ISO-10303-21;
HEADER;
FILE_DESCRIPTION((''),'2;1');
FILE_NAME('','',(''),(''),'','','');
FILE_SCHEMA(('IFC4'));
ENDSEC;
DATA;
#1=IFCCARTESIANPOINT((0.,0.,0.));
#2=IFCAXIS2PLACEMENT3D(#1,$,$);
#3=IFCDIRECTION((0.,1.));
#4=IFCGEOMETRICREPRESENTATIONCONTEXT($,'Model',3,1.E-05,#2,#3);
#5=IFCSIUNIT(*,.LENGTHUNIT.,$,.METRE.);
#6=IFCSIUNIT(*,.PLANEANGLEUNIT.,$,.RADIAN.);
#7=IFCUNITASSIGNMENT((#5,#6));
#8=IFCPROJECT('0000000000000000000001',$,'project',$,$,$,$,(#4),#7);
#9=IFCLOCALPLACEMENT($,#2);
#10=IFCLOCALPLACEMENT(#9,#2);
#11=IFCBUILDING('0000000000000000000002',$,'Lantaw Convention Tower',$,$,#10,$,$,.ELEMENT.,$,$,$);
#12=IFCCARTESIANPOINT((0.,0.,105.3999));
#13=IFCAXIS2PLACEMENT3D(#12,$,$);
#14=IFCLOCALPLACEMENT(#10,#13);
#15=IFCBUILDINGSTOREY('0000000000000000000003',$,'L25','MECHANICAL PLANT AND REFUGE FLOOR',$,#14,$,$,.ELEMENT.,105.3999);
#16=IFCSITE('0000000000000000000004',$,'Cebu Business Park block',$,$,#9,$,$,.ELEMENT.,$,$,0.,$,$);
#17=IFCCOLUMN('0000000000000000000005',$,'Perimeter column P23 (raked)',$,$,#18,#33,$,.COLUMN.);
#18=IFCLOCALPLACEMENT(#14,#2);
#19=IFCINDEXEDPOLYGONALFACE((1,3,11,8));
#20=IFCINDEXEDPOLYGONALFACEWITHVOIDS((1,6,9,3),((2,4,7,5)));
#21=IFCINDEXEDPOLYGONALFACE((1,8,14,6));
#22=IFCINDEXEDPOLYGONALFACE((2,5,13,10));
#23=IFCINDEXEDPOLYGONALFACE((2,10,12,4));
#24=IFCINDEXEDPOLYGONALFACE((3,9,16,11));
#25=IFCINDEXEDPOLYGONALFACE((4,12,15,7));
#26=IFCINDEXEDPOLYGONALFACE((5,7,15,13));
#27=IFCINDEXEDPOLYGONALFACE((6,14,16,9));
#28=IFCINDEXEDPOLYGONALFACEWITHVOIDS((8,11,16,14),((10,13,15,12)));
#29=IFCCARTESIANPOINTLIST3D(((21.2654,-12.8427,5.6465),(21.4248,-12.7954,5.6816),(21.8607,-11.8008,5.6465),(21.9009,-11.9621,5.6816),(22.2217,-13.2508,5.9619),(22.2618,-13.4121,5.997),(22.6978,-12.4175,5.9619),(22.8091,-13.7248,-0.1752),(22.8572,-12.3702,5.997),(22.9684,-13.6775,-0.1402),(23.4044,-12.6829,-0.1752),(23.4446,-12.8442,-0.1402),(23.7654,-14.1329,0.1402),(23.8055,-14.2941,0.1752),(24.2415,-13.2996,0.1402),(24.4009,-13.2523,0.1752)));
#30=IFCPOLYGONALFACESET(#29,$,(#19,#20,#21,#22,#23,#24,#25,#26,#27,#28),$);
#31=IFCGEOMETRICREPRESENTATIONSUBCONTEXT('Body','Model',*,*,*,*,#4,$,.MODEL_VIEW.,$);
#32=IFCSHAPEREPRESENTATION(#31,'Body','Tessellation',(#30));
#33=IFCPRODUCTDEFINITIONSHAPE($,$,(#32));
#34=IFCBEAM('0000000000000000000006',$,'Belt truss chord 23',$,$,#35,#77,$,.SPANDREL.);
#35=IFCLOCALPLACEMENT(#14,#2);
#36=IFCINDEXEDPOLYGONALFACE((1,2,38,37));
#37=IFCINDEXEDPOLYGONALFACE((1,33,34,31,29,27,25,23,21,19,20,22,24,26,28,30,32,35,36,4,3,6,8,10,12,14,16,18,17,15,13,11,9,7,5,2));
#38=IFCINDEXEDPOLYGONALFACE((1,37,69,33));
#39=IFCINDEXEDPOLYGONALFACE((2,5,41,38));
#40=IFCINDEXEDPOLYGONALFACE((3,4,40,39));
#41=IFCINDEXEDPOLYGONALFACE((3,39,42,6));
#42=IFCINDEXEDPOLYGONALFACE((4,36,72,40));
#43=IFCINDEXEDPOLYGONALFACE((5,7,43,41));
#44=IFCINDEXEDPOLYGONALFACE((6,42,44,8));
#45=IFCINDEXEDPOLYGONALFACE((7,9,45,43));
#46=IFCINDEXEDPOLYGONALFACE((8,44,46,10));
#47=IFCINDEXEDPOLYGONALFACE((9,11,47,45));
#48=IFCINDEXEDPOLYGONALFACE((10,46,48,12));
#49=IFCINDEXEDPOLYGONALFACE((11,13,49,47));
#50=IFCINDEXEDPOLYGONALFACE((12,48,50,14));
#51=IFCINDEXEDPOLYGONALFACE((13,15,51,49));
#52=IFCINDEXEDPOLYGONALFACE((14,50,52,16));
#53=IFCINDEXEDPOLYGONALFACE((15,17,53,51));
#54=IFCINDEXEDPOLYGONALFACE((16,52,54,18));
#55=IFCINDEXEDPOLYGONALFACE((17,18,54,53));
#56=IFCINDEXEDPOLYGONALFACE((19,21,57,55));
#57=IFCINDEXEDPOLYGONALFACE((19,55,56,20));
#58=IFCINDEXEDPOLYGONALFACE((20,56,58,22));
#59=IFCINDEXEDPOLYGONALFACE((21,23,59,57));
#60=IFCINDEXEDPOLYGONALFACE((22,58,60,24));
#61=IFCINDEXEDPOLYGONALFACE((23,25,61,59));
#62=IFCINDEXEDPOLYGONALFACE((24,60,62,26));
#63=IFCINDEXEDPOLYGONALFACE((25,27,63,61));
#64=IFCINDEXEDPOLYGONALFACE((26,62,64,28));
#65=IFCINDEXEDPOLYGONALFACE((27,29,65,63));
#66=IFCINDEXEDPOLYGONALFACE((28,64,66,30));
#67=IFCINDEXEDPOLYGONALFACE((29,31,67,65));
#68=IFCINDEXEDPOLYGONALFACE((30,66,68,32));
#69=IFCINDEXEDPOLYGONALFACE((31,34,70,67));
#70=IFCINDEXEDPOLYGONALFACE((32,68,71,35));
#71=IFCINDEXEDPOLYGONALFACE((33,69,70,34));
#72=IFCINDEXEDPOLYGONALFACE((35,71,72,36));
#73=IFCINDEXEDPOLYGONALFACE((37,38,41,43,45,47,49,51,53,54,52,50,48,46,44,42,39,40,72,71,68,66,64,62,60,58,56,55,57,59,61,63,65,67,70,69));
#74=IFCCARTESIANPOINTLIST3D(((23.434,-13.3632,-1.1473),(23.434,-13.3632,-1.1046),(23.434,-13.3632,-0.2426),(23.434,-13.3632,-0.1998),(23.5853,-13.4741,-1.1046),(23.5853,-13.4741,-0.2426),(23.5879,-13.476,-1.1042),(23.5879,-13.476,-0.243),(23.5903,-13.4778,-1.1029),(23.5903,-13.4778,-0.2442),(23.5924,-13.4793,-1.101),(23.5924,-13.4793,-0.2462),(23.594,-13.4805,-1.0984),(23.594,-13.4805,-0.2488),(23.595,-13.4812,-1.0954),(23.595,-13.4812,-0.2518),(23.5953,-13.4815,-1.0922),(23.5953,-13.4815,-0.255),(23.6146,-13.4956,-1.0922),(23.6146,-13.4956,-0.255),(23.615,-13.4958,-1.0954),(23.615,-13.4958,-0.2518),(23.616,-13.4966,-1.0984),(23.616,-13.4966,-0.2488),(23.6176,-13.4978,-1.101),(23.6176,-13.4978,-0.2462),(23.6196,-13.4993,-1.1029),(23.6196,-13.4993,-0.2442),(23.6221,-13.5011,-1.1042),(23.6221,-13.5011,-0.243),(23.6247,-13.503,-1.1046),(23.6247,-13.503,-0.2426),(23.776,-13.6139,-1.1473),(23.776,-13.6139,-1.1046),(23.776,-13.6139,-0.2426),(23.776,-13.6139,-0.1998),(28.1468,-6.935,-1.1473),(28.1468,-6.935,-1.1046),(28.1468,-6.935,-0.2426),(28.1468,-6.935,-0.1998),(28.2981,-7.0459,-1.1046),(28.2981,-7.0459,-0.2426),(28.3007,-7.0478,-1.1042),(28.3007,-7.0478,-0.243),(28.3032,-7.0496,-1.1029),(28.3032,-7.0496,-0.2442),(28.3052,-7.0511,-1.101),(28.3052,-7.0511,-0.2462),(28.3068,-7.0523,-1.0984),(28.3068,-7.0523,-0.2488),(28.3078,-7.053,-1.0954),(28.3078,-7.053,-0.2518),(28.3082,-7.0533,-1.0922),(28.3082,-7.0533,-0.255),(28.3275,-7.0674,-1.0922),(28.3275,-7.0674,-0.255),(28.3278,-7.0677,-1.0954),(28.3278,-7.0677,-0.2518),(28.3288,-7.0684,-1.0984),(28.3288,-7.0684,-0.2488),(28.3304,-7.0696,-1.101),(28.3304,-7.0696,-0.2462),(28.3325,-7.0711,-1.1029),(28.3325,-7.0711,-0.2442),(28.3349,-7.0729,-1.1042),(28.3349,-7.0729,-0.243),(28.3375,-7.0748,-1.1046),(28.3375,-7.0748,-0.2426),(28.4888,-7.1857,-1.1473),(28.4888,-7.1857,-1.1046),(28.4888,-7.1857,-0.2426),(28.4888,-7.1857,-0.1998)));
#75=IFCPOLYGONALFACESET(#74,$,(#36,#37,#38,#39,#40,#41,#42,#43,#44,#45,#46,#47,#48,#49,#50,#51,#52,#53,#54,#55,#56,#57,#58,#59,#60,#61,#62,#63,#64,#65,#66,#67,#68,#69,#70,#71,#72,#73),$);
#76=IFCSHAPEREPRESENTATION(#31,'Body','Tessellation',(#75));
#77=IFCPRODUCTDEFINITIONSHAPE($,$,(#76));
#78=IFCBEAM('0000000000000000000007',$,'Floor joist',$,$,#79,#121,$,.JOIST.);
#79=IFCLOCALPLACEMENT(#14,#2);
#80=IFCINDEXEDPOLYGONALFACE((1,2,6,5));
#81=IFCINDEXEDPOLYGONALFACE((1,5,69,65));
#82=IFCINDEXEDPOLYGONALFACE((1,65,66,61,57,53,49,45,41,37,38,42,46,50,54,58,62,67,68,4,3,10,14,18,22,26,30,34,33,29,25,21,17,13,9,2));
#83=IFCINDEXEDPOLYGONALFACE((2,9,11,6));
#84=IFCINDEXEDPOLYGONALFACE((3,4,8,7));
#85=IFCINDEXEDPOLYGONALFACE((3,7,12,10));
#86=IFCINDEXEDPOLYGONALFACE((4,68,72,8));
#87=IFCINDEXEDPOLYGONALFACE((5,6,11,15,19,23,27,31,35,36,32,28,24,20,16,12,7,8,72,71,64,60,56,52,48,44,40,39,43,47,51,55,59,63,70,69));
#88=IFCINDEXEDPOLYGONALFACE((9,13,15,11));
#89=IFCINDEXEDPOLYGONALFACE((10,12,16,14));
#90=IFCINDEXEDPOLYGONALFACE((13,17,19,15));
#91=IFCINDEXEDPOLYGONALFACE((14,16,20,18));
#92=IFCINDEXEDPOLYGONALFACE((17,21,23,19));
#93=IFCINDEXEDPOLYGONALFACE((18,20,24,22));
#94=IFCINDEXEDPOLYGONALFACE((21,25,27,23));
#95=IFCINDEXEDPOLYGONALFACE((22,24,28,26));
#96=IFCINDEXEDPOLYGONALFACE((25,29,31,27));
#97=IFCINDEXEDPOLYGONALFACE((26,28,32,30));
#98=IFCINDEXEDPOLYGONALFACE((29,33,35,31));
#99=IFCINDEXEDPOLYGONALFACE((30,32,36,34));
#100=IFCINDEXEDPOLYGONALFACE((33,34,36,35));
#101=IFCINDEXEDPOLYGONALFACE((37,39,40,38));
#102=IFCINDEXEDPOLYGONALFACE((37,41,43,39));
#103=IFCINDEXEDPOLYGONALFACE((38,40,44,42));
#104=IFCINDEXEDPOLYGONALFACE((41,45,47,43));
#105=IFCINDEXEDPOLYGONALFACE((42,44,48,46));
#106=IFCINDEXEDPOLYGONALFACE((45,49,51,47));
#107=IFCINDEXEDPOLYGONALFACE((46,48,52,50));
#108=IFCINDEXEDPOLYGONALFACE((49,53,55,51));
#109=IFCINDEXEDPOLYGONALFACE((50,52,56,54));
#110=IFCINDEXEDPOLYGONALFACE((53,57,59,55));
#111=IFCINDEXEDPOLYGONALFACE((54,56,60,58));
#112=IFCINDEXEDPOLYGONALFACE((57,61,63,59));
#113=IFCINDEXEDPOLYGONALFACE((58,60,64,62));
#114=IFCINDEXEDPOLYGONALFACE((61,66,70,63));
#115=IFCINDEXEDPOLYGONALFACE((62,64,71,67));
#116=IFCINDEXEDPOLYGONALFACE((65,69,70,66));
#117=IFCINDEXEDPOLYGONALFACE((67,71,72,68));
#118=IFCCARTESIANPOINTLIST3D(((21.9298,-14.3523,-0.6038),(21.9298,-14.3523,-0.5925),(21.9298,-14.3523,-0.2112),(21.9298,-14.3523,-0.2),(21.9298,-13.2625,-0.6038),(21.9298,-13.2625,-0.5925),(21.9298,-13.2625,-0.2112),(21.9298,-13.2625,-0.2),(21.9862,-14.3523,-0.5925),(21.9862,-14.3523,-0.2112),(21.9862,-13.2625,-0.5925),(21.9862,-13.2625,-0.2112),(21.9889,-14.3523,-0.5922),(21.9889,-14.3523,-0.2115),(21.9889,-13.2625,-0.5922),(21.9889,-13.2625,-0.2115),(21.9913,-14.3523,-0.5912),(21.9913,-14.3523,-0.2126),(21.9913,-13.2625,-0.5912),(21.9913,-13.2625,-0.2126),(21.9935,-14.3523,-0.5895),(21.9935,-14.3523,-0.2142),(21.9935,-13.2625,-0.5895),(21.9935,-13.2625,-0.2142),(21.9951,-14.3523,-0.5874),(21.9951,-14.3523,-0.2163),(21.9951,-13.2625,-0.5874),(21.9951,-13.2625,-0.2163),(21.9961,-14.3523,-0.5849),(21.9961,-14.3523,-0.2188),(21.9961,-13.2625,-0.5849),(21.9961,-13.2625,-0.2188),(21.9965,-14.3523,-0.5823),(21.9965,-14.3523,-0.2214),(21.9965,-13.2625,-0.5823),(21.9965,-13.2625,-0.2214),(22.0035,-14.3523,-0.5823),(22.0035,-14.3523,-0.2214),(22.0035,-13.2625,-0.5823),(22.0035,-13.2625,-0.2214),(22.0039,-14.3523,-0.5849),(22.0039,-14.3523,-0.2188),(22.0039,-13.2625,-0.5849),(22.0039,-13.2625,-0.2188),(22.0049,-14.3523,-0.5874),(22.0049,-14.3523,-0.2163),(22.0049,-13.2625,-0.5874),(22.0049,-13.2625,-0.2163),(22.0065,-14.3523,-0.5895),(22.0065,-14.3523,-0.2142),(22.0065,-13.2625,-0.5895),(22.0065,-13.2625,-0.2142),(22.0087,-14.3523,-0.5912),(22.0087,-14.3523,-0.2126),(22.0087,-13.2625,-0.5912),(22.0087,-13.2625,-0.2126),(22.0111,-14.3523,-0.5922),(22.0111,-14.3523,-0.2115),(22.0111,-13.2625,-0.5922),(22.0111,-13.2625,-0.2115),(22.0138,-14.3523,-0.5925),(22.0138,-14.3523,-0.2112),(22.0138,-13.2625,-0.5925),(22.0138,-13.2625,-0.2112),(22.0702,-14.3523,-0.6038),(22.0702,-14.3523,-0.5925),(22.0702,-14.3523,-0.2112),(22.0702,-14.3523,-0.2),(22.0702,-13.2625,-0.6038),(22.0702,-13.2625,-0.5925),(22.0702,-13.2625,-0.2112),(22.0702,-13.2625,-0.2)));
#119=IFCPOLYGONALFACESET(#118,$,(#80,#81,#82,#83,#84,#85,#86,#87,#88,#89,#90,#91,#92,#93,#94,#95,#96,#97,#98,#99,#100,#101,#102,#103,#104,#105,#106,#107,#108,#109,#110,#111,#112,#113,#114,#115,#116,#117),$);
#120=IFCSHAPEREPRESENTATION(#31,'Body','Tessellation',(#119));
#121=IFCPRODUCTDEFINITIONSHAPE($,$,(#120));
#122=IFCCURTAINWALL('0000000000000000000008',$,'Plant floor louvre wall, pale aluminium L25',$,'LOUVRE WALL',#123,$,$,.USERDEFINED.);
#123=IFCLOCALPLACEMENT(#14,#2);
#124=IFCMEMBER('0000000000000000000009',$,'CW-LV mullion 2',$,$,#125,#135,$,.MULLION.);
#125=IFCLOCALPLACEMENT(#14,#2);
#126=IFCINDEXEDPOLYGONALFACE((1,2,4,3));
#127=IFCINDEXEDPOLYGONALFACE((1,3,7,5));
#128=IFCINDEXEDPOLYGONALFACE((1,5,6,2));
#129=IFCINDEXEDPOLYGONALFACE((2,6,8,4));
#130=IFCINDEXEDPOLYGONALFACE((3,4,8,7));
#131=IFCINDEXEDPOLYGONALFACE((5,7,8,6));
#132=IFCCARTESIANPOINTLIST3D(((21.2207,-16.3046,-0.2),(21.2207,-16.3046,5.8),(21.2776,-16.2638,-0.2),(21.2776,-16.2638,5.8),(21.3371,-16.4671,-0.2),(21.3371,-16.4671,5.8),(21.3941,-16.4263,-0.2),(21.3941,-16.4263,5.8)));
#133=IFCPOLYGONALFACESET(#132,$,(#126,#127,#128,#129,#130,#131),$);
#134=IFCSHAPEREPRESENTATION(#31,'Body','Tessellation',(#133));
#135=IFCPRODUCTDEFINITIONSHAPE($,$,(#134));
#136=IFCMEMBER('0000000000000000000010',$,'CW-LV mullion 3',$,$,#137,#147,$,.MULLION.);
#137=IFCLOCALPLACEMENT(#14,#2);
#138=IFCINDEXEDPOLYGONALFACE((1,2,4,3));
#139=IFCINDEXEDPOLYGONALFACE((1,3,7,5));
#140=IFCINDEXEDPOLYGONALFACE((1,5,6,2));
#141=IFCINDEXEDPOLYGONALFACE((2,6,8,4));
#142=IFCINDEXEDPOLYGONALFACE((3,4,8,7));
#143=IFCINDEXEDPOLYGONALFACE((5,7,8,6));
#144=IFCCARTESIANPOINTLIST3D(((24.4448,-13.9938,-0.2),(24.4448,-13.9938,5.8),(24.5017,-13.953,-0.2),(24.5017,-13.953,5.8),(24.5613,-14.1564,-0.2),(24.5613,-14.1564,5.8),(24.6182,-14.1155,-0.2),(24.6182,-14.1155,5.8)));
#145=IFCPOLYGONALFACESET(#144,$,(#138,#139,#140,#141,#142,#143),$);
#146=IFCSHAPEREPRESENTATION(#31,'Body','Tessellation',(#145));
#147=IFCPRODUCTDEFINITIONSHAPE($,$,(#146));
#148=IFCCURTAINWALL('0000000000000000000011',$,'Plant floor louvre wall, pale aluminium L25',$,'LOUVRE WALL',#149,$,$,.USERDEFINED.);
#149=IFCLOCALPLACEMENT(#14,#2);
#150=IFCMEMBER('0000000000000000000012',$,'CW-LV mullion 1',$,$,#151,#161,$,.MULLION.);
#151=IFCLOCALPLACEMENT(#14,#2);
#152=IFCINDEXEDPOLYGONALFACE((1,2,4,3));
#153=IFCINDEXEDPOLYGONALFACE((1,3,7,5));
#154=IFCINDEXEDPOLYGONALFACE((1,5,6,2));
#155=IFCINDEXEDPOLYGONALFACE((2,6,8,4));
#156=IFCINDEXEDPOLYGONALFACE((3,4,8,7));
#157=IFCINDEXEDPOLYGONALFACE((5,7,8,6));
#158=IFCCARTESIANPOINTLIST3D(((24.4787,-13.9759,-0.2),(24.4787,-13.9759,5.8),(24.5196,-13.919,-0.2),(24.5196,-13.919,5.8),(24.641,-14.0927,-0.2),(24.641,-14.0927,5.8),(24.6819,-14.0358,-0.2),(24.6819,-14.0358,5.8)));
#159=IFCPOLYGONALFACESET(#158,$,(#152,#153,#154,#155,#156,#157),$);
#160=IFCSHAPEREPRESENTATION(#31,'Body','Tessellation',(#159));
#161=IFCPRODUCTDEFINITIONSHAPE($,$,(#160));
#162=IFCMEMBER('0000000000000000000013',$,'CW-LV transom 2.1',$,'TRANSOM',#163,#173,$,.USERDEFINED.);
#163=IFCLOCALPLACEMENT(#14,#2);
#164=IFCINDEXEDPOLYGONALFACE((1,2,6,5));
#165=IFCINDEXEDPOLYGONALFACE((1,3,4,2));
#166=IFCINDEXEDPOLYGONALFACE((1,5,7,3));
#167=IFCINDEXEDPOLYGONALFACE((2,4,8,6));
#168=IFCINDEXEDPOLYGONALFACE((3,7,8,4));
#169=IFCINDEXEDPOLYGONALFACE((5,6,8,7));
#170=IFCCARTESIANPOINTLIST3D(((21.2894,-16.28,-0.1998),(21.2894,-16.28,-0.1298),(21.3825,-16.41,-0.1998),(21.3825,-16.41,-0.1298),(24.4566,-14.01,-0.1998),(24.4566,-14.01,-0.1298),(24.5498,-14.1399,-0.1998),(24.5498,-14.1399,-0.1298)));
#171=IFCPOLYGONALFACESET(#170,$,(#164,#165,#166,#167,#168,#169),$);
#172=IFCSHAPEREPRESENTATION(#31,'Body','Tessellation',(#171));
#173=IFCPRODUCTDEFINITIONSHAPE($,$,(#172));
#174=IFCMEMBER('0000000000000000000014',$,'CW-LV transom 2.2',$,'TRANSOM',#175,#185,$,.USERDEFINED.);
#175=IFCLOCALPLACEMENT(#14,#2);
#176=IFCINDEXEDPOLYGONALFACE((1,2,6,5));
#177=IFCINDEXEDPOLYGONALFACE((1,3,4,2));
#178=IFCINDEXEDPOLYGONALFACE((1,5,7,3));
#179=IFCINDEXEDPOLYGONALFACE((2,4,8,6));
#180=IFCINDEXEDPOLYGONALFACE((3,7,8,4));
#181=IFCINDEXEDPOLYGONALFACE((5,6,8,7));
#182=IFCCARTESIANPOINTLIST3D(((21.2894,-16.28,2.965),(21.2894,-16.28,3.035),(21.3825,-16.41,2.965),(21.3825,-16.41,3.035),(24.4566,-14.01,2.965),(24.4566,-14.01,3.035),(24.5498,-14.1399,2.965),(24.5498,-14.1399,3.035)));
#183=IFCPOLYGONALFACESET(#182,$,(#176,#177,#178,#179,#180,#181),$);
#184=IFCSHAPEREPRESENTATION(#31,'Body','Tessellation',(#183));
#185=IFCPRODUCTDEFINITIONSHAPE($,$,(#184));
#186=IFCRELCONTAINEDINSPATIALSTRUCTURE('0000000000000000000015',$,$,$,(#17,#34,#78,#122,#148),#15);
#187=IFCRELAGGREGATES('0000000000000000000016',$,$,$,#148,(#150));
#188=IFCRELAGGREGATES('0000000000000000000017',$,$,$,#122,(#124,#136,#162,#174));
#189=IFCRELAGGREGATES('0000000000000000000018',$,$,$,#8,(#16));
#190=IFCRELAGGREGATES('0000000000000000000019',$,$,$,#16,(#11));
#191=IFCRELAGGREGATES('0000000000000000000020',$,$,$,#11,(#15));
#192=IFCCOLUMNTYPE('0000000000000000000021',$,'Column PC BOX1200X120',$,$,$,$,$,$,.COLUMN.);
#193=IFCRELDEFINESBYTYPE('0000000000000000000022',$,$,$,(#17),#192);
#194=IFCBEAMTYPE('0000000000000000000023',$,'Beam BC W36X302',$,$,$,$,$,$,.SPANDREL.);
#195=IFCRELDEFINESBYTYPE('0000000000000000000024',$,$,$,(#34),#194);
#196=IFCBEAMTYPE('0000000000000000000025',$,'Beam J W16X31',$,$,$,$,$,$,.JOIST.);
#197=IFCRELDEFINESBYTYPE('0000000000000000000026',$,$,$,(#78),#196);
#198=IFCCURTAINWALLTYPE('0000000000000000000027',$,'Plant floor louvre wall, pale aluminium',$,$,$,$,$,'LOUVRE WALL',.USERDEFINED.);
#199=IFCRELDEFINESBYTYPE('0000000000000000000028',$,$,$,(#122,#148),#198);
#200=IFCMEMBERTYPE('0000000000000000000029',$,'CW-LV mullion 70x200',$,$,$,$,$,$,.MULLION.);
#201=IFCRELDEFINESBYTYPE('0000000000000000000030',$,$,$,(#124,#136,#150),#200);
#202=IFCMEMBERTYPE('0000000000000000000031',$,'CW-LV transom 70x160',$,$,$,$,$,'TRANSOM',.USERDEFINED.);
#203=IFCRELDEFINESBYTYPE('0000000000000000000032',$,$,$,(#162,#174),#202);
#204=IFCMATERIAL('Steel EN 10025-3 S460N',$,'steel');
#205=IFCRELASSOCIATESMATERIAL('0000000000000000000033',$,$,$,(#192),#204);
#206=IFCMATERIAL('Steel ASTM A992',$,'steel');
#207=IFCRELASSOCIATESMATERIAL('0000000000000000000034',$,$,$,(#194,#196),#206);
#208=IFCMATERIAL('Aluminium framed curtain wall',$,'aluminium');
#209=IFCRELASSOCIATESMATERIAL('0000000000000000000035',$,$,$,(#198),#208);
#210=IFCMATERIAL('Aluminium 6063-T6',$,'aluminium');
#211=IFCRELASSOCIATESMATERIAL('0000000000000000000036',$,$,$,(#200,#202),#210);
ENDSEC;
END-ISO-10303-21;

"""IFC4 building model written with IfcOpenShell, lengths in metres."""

from ifc_helpers import new_model, si_unit, direction, frame, origin, origin_2d, place, context, subcontext, project, spatial, rectangle, hollow_rectangle, i_section, extrude, material, material_profile, profile_set, type_object, element, aggregate, save


model = new_model("IFC4")

# Units and contexts
model_context = context("Model", 3, precision=1e-05, world=origin(), true_north=direction((0.0, 1.0)))
body_context = subcontext(model_context, "Body", "Model", "MODEL_VIEW")
ifc_project = project(units=[si_unit("LENGTHUNIT", "METRE"), si_unit("PLANEANGLEUNIT", "RADIAN")], contexts=[model_context])

# Site, building, storey
site_placement = place(None, origin())
site = spatial("IfcSite", under=ifc_project, at=site_placement, Name="Cebu Business Park block", CompositionType="ELEMENT", RefElevation=0.0)
building_placement = place(site_placement, origin())
building = spatial("IfcBuilding", under=site, at=building_placement, Name="Lantaw Convention Tower", CompositionType="ELEMENT")
storey_placement = place(building_placement, frame((0.0, 0.0, 105.3999)))
storey = spatial("IfcBuildingStorey", under=building, at=storey_placement, Name="L25", Description="MECHANICAL PLANT AND REFUGE FLOOR", CompositionType="ELEMENT", Elevation=105.3999)

# Column
ifc_material_1 = material(Name="Steel EN 10025-3 S460N", Category="steel")
ifc_material_profile_1 = material_profile(ifc_material_1, hollow_rectangle(XDim=1.2, YDim=1.2, WallThickness=0.1201, at=origin_2d()), Name="BOX1200X120")
ifc_material_2 = material(Name="Concrete C60/75", Category="concrete")
ifc_material_profile_2 = material_profile(ifc_material_2, rectangle(XDim=0.96, YDim=0.96, at=origin_2d()), Name="Concrete fill of BOX1200X120")
ifc_profile_set_1 = profile_set([ifc_material_profile_1, ifc_material_profile_2], Name="Steel EN 10025-3 S460N")
column_type = type_object("IfcColumnType", Name="Column PC BOX1200X120", PredefinedType="COLUMN", material=ifc_profile_set_1)
column_placement = place(storey_placement, frame((23.605, -13.4885, 0.0), z_axis=(-0.253597, 0.144907, 0.956394), x_axis=(-0.496124, -0.868252, 0.0)))
element("IfcColumn", 1, at=column_placement, inside=storey, type_object=column_type, Name="Perimeter column P23 (raked)", PredefinedType="COLUMN", context=body_context, shape_type="SweptSolid", body=[
    extrude(hollow_rectangle(XDim=1.2, YDim=1.2, WallThickness=0.1201, at=origin_2d()), origin(), (0.0, 0.0, 1.0), 6.0872),
])

# Beams
ifc_material_3 = material(Name="Steel ASTM A992", Category="steel")
ifc_material_profile_3 = material_profile(ifc_material_3, i_section(OverallWidth=0.4241, OverallDepth=0.9475, WebThickness=0.0239, FlangeThickness=0.0427, FilletRadius=0.0125, at=origin_2d()), Name="W36X302")
ifc_profile_set_2 = profile_set([ifc_material_profile_3], Name="Steel ASTM A992")
beam_type_1 = type_object("IfcBeamType", Name="Beam BC W36X302", PredefinedType="SPANDREL", material=ifc_profile_set_2)
beam_1_placement = place(storey_placement, frame((23.605, -13.4885, -0.6736), z_axis=(0.591271, 0.806473, 0.0), x_axis=(-0.806473, 0.591271, 0.0)))
element("IfcBeam", 2, at=beam_1_placement, inside=storey, type_object=beam_type_1, Name="Belt truss chord 23", PredefinedType="SPANDREL", context=body_context, shape_type="SweptSolid", body=[
    extrude(i_section(OverallWidth=0.4241, OverallDepth=0.9475, WebThickness=0.0239, FlangeThickness=0.0427, FilletRadius=0.0125, at=origin_2d()), origin(), (0.0, 0.0, 1.0), 7.9707),
])
ifc_material_profile_4 = material_profile(ifc_material_3, i_section(OverallWidth=0.1404, OverallDepth=0.4038, WebThickness=0.0071, FlangeThickness=0.0112, FilletRadius=0.0103, at=origin_2d()), Name="W16X31")
ifc_profile_set_3 = profile_set([ifc_material_profile_4], Name="Steel ASTM A992")
beam_type_2 = type_object("IfcBeamType", Name="Beam J W16X31", PredefinedType="JOIST", material=ifc_profile_set_3)
beam_2_placement = place(storey_placement, frame((22.0, -14.3523, -0.4019), z_axis=(0.0, 1.0, 0.0), x_axis=(-1.0, 0.0, 0.0)))
element("IfcBeam", 3, at=beam_2_placement, inside=storey, type_object=beam_type_2, Name="Floor joist", PredefinedType="JOIST", context=body_context, shape_type="SweptSolid", body=[
    extrude(i_section(OverallWidth=0.1404, OverallDepth=0.4038, WebThickness=0.0071, FlangeThickness=0.0112, FilletRadius=0.0103, at=origin_2d()), origin(), (0.0, 0.0, 1.0), 1.0898),
])

# Curtain wall, members
ifc_material_4 = material(Name="Aluminium framed curtain wall", Category="aluminium")
curtain_wall_type = type_object("IfcCurtainWallType", Name="Plant floor louvre wall, pale aluminium", ElementType="LOUVRE WALL", PredefinedType="USERDEFINED", material=ifc_material_4)
curtain_wall_1_placement = place(storey_placement, origin())
curtain_wall_1 = element("IfcCurtainWall", 4, at=curtain_wall_1_placement, inside=storey, type_object=curtain_wall_type, Name="Plant floor louvre wall, pale aluminium L25", ObjectType="LOUVRE WALL", PredefinedType="USERDEFINED")
ifc_material_5 = material(Name="Aluminium 6063-T6", Category="aluminium")
ifc_material_profile_5 = material_profile(ifc_material_5, rectangle(XDim=0.2, YDim=0.0701, at=origin_2d()), Name="CW-LV mullion 70x200")
ifc_profile_set_4 = profile_set([ifc_material_profile_5], Name="Aluminium 6063-T6")
member_type_1 = type_object("IfcMemberType", Name="CW-LV mullion 70x200", PredefinedType="MULLION", material=ifc_profile_set_4)
member_1_placement = place(storey_placement, frame((21.3074, -16.3655, -0.2), z_axis=(0.0, 0.0, 1.0), x_axis=(-0.582538, 0.812804, 0.0)))
member_1 = element("IfcMember", 5, at=member_1_placement, type_object=member_type_1, Name="CW-LV mullion 2", PredefinedType="MULLION", context=body_context, shape_type="SweptSolid", body=[
    extrude(rectangle(XDim=0.2, YDim=0.0701, at=origin_2d()), origin(), (0.0, 0.0, 1.0), 6.0),
])
member_2_placement = place(storey_placement, frame((24.5315, -14.0547, -0.2), z_axis=(0.0, 0.0, 1.0), x_axis=(-0.582538, 0.812804, 0.0)))
member_2 = element("IfcMember", 6, at=member_2_placement, type_object=member_type_1, Name="CW-LV mullion 3", PredefinedType="MULLION", context=body_context, shape_type="SweptSolid", body=[
    extrude(rectangle(XDim=0.2, YDim=0.0701, at=origin_2d()), origin(), (0.0, 0.0, 1.0), 6.0),
])

# Curtain wall, member
curtain_wall_2_placement = place(storey_placement, origin())
curtain_wall_2 = element("IfcCurtainWall", 7, at=curtain_wall_2_placement, inside=storey, type_object=curtain_wall_type, Name="Plant floor louvre wall, pale aluminium L25", ObjectType="LOUVRE WALL", PredefinedType="USERDEFINED")
member_3_placement = place(storey_placement, frame((24.5803, -14.0059, -0.2), z_axis=(0.0, 0.0, 1.0), x_axis=(-0.811789, 0.583951, 0.0)))
member_3 = element("IfcMember", 8, at=member_3_placement, type_object=member_type_1, Name="CW-LV mullion 1", PredefinedType="MULLION", context=body_context, shape_type="SweptSolid", body=[
    extrude(rectangle(XDim=0.2, YDim=0.0701, at=origin_2d()), origin(), (0.0, 0.0, 1.0), 6.0),
])

# Members
ifc_material_profile_6 = material_profile(ifc_material_5, rectangle(XDim=0.1599, YDim=0.0701, at=origin_2d()), Name="CW-LV transom 70x160")
ifc_profile_set_5 = profile_set([ifc_material_profile_6], Name="Aluminium 6063-T6")
member_type_2 = type_object("IfcMemberType", Name="CW-LV transom 70x160", ElementType="TRANSOM", PredefinedType="USERDEFINED", material=ifc_profile_set_5)
member_4_placement = place(storey_placement, frame((21.3359, -16.345, -0.1648), z_axis=(0.812797, 0.582547, 0.0), x_axis=(-0.582547, 0.812797, 0.0)))
member_4 = element("IfcMember", 9, at=member_4_placement, type_object=member_type_2, Name="CW-LV transom 2.1", ObjectType="TRANSOM", PredefinedType="USERDEFINED", context=body_context, shape_type="SweptSolid", body=[
    extrude(rectangle(XDim=0.1599, YDim=0.0701, at=origin_2d()), origin(), (0.0, 0.0, 1.0), 3.8967),
])
member_5_placement = place(storey_placement, frame((21.3359, -16.345, 3.0), z_axis=(0.812797, 0.582547, 0.0), x_axis=(-0.582547, 0.812797, 0.0)))
member_5 = element("IfcMember", 10, at=member_5_placement, type_object=member_type_2, Name="CW-LV transom 2.2", ObjectType="TRANSOM", PredefinedType="USERDEFINED", context=body_context, shape_type="SweptSolid", body=[
    extrude(rectangle(XDim=0.1599, YDim=0.0701, at=origin_2d()), origin(), (0.0, 0.0, 1.0), 3.8967),
])
aggregate(curtain_wall_2, [member_3])

aggregate(curtain_wall_1, [member_1, member_2, member_4, member_5])

save(model, "model.ifc")
